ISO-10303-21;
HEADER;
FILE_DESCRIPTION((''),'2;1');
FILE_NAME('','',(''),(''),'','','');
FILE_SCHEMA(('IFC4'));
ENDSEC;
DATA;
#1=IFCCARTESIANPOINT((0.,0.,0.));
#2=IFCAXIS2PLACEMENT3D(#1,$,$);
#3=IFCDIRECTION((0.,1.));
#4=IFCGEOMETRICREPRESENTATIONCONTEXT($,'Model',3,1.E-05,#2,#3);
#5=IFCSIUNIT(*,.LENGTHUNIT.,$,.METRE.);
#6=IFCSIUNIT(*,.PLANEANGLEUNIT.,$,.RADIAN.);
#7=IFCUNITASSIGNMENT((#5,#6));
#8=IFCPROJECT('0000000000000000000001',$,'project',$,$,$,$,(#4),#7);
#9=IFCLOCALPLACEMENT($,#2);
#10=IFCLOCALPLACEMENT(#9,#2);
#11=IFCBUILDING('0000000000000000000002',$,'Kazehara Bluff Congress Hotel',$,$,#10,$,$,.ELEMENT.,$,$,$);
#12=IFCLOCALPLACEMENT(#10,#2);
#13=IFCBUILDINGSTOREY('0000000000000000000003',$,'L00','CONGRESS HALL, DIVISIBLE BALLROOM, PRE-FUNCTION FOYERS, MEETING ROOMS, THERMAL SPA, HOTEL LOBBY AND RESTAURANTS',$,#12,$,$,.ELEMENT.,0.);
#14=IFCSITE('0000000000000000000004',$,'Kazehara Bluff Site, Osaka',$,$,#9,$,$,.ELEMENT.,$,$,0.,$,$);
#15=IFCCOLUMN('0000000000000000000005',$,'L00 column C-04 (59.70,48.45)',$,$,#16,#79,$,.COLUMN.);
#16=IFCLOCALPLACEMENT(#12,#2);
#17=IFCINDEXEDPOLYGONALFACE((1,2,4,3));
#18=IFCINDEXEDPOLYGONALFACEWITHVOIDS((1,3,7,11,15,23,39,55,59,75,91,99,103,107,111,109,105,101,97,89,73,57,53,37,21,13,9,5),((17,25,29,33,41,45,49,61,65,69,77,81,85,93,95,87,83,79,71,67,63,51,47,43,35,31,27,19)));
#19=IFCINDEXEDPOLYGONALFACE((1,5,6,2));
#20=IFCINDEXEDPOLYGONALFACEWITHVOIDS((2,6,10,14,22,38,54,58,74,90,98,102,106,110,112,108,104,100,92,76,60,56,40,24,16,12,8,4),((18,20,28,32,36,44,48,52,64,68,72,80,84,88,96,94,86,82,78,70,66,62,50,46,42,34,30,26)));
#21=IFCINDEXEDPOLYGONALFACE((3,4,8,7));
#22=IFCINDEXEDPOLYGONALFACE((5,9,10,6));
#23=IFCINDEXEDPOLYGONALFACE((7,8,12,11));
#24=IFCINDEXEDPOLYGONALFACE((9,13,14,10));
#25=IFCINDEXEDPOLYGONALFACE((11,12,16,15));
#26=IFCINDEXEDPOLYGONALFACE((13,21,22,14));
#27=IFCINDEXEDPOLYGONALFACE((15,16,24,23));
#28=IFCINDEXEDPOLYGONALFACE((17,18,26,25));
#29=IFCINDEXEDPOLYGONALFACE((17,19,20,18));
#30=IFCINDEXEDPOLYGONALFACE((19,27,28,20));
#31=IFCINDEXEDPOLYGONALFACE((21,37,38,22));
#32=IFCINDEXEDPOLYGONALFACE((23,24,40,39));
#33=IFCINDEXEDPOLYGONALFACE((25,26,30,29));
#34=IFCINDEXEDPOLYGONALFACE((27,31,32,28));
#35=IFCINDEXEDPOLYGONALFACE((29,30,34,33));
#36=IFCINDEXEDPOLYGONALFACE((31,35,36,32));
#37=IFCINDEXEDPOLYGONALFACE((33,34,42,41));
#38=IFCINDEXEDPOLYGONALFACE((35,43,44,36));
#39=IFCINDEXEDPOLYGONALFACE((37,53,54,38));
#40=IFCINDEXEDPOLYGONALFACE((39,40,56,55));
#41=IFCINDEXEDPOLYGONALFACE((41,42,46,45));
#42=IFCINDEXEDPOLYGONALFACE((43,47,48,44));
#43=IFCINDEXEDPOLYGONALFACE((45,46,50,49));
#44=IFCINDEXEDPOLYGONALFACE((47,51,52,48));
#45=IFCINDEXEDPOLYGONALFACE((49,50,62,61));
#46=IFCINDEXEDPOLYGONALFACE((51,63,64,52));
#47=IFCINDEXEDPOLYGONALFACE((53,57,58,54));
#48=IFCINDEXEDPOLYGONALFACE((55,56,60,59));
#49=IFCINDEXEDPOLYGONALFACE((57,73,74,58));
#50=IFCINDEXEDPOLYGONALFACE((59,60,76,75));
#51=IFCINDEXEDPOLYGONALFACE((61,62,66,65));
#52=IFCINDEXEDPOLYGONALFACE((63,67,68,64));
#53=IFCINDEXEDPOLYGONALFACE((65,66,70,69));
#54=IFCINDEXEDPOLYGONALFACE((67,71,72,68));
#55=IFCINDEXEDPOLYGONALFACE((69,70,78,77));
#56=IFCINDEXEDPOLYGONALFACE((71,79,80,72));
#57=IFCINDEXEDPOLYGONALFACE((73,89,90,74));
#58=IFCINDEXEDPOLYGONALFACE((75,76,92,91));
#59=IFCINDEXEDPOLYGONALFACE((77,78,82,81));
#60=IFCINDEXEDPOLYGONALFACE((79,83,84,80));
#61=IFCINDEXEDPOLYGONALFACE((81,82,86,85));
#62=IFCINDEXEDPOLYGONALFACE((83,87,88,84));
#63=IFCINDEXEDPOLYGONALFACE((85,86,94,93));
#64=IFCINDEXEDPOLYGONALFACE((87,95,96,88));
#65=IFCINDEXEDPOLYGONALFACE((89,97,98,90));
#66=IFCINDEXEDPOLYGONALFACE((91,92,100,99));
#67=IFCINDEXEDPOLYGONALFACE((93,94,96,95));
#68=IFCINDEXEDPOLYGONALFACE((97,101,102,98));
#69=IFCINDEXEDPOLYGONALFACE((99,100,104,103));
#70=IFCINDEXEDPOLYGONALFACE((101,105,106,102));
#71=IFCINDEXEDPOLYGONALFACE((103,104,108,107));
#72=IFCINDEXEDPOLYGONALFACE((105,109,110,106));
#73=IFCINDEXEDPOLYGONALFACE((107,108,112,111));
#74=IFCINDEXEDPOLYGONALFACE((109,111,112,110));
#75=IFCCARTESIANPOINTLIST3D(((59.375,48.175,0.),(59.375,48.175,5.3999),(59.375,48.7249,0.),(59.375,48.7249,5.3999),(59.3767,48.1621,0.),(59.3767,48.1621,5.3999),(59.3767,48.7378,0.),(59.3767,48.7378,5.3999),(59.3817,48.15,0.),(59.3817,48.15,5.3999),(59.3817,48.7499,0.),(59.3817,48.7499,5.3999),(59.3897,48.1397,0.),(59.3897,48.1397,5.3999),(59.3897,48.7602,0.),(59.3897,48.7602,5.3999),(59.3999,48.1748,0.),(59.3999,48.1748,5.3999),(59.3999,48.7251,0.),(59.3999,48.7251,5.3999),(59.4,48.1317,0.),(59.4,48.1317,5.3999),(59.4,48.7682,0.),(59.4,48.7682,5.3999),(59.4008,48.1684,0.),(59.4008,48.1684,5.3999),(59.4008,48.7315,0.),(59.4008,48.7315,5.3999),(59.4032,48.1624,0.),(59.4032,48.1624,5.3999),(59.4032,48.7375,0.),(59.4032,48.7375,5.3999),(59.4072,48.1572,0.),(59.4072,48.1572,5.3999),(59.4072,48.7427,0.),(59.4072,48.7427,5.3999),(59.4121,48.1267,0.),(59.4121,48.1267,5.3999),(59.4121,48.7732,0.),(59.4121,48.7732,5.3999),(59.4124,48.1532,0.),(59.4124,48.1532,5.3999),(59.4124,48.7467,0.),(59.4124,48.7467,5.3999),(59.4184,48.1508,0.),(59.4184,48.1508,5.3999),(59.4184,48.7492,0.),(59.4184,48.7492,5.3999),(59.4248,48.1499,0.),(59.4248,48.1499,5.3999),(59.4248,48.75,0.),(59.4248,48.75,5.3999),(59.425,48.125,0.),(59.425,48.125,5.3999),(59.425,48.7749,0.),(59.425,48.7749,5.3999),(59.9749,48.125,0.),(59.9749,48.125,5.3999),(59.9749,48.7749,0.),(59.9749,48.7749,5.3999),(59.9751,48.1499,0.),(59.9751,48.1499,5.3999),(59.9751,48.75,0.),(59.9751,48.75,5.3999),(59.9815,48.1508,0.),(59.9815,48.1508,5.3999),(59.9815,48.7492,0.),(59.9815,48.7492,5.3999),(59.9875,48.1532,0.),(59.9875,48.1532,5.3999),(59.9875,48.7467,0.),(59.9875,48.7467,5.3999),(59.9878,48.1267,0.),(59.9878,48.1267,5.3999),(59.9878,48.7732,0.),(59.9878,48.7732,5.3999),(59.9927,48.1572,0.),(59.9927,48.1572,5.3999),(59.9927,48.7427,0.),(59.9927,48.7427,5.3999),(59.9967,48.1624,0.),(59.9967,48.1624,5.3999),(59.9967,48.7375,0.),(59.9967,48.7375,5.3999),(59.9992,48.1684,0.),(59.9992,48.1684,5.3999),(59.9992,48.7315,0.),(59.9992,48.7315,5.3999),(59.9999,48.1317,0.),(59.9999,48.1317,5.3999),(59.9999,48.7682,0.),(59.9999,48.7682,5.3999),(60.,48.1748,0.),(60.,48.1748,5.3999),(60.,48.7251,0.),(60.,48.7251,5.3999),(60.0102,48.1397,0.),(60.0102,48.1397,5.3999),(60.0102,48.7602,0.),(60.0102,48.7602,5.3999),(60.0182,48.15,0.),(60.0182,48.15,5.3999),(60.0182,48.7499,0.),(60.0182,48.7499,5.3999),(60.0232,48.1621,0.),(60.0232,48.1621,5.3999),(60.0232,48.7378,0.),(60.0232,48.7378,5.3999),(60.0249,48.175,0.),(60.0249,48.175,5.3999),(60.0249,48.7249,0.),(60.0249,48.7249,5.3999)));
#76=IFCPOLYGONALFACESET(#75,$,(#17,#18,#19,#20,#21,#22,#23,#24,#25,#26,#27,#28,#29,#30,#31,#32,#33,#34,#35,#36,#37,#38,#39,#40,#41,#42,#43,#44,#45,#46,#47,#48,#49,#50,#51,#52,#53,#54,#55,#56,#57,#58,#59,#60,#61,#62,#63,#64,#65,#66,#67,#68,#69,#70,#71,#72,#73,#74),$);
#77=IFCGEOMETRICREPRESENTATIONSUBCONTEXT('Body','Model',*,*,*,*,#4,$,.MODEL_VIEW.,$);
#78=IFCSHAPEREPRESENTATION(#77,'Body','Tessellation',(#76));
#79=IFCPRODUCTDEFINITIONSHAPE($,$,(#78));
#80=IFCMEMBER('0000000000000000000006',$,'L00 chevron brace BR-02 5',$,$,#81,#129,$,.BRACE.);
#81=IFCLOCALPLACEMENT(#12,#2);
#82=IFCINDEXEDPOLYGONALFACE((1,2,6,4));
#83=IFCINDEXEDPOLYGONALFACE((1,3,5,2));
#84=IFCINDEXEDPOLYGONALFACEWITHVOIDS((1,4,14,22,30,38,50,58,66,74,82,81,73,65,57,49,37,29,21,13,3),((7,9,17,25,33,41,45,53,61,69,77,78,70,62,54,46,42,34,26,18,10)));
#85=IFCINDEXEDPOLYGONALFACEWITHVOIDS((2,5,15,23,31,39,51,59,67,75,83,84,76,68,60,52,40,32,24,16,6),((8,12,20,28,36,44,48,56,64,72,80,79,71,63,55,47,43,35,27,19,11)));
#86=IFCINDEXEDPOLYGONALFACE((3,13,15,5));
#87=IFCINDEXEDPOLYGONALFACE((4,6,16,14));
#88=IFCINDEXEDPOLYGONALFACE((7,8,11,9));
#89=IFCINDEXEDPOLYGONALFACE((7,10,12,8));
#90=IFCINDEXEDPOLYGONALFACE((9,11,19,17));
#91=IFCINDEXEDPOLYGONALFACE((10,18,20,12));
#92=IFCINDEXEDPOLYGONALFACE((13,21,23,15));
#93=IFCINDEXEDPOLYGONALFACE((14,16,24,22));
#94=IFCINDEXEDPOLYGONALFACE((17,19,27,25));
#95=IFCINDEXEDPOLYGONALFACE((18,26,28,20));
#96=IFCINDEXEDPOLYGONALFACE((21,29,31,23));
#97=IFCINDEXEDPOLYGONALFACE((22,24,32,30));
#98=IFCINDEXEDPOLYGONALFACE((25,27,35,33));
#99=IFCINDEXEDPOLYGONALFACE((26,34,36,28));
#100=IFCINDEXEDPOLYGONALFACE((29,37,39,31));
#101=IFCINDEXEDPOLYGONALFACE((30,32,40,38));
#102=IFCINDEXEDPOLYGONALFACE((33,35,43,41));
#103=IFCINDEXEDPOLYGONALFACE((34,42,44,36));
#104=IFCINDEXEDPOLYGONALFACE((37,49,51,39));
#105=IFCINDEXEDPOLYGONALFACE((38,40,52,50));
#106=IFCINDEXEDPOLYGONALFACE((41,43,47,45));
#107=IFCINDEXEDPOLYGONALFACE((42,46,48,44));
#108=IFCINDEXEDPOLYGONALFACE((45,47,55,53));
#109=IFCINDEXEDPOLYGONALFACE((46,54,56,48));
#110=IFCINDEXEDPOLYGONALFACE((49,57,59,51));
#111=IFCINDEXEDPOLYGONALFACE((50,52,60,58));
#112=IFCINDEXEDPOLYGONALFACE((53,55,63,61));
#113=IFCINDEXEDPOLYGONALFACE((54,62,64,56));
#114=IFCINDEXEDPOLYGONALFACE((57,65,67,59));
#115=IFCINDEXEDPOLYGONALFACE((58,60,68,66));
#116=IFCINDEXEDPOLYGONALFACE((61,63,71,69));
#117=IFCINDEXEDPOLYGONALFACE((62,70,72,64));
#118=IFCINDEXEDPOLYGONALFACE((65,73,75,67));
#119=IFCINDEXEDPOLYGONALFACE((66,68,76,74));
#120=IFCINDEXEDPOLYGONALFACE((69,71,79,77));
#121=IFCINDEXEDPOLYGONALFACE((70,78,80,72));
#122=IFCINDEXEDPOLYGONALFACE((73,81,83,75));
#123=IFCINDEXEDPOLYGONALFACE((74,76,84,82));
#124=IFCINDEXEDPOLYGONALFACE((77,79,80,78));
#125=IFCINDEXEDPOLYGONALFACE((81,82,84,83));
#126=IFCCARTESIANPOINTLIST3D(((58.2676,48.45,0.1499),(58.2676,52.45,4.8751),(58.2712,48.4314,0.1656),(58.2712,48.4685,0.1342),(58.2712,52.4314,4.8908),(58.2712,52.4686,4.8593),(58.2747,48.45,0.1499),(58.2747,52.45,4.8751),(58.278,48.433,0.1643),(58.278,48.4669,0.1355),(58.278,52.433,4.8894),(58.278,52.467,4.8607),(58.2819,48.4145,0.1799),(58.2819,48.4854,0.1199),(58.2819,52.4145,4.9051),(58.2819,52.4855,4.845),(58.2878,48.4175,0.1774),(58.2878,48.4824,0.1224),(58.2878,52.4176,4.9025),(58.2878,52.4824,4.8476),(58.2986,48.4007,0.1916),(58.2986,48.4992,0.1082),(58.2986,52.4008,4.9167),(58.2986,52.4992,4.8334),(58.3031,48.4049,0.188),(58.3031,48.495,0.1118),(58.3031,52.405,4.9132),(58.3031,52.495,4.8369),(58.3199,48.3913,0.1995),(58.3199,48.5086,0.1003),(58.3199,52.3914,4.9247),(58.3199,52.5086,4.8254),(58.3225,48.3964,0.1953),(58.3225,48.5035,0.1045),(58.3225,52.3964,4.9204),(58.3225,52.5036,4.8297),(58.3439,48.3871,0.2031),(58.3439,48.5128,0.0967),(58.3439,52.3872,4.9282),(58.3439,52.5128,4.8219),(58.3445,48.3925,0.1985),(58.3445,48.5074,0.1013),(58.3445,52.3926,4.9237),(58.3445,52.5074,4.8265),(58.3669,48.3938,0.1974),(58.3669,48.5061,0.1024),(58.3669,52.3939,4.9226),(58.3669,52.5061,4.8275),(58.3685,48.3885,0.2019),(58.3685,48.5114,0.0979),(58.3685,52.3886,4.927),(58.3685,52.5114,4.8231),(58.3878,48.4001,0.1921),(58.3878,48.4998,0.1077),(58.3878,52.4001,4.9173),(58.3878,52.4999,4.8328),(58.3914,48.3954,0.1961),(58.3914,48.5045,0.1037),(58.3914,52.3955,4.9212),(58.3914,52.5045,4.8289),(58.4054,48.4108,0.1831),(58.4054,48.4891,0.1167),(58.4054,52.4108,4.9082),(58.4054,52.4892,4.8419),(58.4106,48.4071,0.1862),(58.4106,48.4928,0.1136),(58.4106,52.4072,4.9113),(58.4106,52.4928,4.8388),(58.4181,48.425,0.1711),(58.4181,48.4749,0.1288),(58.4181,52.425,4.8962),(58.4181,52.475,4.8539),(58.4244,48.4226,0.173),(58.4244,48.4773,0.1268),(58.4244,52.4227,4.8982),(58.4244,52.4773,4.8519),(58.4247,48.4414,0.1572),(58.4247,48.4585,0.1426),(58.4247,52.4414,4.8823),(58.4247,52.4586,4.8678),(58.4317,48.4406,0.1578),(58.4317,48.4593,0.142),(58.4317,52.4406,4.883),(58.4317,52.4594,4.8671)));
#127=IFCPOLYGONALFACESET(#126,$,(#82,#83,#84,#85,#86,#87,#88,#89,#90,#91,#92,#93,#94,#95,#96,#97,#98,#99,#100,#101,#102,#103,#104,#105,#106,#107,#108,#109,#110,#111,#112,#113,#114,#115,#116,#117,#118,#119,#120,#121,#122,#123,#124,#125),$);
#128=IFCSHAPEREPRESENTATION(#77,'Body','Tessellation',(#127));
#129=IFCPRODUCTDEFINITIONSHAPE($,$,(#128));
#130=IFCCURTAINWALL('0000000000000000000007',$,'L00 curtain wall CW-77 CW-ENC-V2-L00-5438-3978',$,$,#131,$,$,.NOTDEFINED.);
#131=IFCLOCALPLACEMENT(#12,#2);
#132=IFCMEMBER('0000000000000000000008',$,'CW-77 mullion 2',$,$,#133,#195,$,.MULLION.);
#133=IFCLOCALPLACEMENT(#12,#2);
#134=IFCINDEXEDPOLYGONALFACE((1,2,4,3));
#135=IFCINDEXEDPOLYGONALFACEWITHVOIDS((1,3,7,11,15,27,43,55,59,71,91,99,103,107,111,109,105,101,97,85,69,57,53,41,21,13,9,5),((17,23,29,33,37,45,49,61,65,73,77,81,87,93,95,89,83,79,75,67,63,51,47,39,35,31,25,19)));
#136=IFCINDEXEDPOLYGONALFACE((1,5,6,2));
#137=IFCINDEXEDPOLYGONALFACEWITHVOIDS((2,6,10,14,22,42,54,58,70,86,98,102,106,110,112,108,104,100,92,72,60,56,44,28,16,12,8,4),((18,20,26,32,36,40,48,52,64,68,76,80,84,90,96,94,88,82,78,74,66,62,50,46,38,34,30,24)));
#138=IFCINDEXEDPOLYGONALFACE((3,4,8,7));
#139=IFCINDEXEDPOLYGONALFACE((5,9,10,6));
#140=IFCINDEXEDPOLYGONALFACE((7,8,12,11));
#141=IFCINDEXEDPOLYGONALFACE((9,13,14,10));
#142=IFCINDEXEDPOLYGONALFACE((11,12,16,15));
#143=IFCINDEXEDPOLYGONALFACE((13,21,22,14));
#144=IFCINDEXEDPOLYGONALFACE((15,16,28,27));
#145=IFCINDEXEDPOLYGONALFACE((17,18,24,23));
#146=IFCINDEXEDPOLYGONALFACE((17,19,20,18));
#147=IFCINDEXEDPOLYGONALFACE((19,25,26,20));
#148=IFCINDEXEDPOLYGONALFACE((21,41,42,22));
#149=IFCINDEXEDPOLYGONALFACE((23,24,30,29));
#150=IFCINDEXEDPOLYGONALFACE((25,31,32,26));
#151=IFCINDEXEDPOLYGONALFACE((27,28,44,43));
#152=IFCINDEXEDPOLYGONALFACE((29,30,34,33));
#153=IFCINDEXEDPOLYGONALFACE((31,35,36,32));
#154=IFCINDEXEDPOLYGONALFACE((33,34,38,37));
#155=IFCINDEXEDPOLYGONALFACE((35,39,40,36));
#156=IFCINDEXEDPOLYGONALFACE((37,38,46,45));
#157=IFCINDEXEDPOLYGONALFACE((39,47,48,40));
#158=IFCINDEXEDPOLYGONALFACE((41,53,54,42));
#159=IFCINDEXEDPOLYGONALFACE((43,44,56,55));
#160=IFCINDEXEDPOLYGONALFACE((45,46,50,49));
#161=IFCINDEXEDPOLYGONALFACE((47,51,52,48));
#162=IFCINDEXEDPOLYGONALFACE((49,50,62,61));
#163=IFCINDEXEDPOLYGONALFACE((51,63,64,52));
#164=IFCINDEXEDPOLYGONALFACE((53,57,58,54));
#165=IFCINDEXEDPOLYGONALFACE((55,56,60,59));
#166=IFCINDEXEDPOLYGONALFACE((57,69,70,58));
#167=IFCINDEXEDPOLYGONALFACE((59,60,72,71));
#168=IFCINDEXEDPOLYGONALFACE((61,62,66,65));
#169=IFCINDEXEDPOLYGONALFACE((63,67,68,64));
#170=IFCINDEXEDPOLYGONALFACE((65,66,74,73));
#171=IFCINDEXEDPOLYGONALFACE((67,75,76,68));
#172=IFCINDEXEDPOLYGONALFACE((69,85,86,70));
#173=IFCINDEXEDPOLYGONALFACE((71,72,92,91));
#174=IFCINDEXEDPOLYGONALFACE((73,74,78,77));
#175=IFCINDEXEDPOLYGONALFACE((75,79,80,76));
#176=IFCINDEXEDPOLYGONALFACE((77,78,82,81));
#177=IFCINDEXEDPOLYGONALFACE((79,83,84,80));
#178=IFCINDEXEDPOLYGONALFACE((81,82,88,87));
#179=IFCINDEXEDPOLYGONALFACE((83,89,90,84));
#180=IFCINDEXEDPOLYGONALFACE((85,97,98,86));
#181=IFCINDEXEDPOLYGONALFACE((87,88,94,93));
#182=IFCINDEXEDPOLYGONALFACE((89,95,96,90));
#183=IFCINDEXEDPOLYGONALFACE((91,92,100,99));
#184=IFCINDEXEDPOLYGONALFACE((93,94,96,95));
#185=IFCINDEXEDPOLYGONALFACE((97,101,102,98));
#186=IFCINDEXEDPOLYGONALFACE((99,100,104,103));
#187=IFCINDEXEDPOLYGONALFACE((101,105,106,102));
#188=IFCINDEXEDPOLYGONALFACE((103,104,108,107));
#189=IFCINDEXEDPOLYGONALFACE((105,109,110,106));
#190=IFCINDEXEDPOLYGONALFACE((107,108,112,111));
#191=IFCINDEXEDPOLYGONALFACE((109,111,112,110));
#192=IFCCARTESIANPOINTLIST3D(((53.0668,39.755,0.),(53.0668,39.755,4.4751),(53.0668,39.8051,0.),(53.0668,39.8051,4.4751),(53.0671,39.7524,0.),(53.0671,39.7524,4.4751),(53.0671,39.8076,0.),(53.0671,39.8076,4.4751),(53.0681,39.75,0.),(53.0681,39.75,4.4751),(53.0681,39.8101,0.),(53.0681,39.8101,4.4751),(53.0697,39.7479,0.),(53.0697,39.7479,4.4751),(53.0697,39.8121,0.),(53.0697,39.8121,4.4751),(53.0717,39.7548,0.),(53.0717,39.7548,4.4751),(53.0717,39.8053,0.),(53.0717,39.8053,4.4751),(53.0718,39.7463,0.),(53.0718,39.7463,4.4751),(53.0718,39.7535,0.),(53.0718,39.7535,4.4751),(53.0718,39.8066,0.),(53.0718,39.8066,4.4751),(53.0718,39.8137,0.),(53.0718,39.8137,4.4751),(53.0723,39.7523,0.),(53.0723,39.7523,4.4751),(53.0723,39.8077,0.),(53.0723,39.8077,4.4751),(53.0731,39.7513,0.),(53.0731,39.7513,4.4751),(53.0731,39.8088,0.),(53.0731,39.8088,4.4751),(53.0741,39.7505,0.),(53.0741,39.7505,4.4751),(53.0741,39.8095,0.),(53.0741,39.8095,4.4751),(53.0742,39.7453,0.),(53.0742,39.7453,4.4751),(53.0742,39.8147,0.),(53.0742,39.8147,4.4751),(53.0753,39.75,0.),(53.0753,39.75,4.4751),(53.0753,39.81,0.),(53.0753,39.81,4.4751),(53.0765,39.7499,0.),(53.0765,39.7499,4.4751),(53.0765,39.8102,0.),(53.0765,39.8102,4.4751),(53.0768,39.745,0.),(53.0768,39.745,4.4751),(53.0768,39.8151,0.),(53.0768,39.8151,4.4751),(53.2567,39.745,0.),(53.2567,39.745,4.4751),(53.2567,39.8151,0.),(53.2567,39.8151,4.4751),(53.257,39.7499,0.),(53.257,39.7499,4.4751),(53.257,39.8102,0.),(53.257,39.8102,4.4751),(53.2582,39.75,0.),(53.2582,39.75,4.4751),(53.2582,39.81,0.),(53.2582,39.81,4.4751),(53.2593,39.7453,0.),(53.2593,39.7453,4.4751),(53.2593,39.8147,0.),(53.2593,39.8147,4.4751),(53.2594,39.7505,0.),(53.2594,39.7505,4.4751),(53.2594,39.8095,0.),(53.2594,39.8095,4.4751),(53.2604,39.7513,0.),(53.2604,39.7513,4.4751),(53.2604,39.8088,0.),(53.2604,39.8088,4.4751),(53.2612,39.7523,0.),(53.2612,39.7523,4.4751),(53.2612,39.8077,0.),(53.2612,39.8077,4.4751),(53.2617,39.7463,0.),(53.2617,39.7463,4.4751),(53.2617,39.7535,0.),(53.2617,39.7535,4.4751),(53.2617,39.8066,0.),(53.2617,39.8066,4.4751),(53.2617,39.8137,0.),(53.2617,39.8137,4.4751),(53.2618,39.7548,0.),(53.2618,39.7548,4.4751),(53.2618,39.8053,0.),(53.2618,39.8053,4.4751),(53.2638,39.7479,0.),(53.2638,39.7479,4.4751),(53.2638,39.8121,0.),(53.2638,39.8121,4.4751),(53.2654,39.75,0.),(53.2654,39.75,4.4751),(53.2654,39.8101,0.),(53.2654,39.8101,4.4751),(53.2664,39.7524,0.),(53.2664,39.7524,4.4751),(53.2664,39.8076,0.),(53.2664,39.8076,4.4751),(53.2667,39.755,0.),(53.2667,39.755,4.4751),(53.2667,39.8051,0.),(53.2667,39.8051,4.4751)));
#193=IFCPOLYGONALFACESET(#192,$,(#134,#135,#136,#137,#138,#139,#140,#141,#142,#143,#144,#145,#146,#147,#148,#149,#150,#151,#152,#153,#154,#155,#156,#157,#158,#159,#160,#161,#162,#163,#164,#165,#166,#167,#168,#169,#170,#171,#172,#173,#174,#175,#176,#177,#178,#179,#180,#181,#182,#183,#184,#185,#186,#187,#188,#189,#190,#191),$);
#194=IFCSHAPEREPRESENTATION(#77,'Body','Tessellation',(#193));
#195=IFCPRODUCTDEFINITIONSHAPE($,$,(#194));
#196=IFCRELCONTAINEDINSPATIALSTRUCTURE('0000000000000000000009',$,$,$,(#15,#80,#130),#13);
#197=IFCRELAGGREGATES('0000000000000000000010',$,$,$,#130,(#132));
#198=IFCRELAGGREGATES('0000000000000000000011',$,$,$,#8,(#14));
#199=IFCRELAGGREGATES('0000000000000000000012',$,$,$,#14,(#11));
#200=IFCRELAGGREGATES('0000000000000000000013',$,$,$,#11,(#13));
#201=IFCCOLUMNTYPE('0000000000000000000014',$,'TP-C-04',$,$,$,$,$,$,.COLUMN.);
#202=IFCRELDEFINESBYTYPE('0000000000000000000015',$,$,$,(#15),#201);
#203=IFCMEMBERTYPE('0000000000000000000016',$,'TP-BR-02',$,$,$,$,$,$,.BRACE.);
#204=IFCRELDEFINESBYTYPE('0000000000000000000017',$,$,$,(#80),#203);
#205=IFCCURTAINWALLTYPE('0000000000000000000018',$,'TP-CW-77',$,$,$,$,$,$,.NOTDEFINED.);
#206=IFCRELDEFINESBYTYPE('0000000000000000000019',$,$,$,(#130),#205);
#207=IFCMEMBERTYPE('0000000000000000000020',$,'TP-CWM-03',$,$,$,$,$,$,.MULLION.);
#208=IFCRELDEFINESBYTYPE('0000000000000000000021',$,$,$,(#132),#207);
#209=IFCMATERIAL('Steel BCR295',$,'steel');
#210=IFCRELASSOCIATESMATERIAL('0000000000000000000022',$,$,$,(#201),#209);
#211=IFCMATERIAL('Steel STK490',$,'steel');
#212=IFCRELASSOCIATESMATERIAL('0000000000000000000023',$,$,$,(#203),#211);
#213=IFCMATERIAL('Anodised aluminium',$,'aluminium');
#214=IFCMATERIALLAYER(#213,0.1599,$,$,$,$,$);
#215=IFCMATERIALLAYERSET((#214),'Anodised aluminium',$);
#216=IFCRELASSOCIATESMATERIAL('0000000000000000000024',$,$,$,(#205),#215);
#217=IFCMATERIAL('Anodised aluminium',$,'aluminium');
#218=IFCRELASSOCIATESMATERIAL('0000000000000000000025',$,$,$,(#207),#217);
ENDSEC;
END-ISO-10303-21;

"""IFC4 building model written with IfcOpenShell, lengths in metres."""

from ifc_helpers import new_model, si_unit, direction, frame, origin, origin_2d, place, context, subcontext, project, spatial, hollow_rectangle, hollow_circle, extrude, material, layer, layer_set, material_profile, profile_set, type_object, element, aggregate, save


model = new_model("IFC4")

# Units and contexts
model_context = context("Model", 3, precision=1e-05, world=origin(), true_north=direction((0.0, 1.0)))
body_context = subcontext(model_context, "Body", "Model", "MODEL_VIEW")
ifc_project = project(units=[si_unit("LENGTHUNIT", "METRE"), si_unit("PLANEANGLEUNIT", "RADIAN")], contexts=[model_context])

# Site, building, storey
site_placement = place(None, origin())
site = spatial("IfcSite", under=ifc_project, at=site_placement, Name="Kazehara Bluff Site, Osaka", CompositionType="ELEMENT", RefElevation=0.0)
building_placement = place(site_placement, origin())
building = spatial("IfcBuilding", under=site, at=building_placement, Name="Kazehara Bluff Congress Hotel", CompositionType="ELEMENT")
storey_placement = place(building_placement, origin())
storey = spatial("IfcBuildingStorey", under=building, at=storey_placement, Name="L00", Description="CONGRESS HALL, DIVISIBLE BALLROOM, PRE-FUNCTION FOYERS, MEETING ROOMS, THERMAL SPA, HOTEL LOBBY AND RESTAURANTS", CompositionType="ELEMENT", Elevation=0.0)

# Column
ifc_material_1 = material(Name="Steel BCR295", Category="steel")
ifc_material_profile_1 = material_profile(ifc_material_1, hollow_rectangle(XDim=0.6499, YDim=0.6499, WallThickness=0.0249, InnerFilletRadius=0.0249, OuterFilletRadius=0.05, at=origin_2d()))
ifc_profile_set_1 = profile_set([ifc_material_profile_1], Name="Steel BCR295")
column_type_1 = type_object("IfcColumnType", Name="TP-C-04", PredefinedType="COLUMN", material=ifc_profile_set_1)
for number, where, z_axis, x_axis, name in (
    (1, (59.7, 48.45, 0.0), (0.0, 0.0, 1.0), (1.0, 0.0, 0.0), "L00 column C-04 (59.70,48.45)"),
):
    element("IfcColumn", number, at=place(storey_placement, frame(where, z_axis=z_axis, x_axis=x_axis)), inside=storey, type_object=column_type_1, Name=name, PredefinedType="COLUMN", context=body_context, shape_type="SweptSolid", body=[
        extrude(hollow_rectangle(XDim=0.6499, YDim=0.6499, WallThickness=0.0249, InnerFilletRadius=0.0249, OuterFilletRadius=0.05, at=origin_2d()), origin(), (0.0, 0.0, 1.0), 5.3999),
    ])

# Member
ifc_material_2 = material(Name="Steel STK490", Category="steel")
ifc_material_profile_2 = material_profile(ifc_material_2, hollow_circle(Radius=0.0825, WallThickness=0.0071, at=origin_2d()))
ifc_profile_set_2 = profile_set([ifc_material_profile_2], Name="Steel STK490")
member_type_1 = type_object("IfcMemberType", Name="TP-BR-02", PredefinedType="BRACE", material=ifc_profile_set_2)
member_1_placement = place(storey_placement, frame((58.3501, 48.45, 0.1499), z_axis=(0.0, 0.646115, 0.76324), x_axis=(-1.0, 0.0, 0.0)))
element("IfcMember", 2, at=member_1_placement, inside=storey, type_object=member_type_1, Name="L00 chevron brace BR-02 5", PredefinedType="BRACE", context=body_context, shape_type="SweptSolid", body=[
    extrude(hollow_circle(Radius=0.0825, WallThickness=0.0071, at=origin_2d()), origin(), (0.0, 0.0, 1.0), 6.1909),
])

# Curtain wall, member
ifc_material_3 = material(Name="Anodised aluminium", Category="aluminium")
ifc_layer_1 = layer(ifc_material_3, 0.1599)
ifc_layer_set_1 = layer_set([ifc_layer_1], Name="Anodised aluminium")
curtain_wall_type_1 = type_object("IfcCurtainWallType", Name="TP-CW-77", PredefinedType="NOTDEFINED", material=ifc_layer_set_1)
curtain_wall_1_placement = place(storey_placement, origin())
curtain_wall_1 = element("IfcCurtainWall", 3, at=curtain_wall_1_placement, inside=storey, type_object=curtain_wall_type_1, Name="L00 curtain wall CW-77 CW-ENC-V2-L00-5438-3978", PredefinedType="NOTDEFINED")
ifc_material_4 = material(Name="Anodised aluminium", Category="aluminium")
ifc_material_profile_3 = material_profile(ifc_material_4, hollow_rectangle(XDim=0.0701, YDim=0.2, WallThickness=0.0049, InnerFilletRadius=0.0049, OuterFilletRadius=0.01, at=origin_2d()))
ifc_profile_set_3 = profile_set([ifc_material_profile_3], Name="Anodised aluminium")
member_type_2 = type_object("IfcMemberType", Name="TP-CWM-03", PredefinedType="MULLION", material=ifc_profile_set_3)
member_2_placement = place(storey_placement, frame((53.1667, 39.78, 0.0), z_axis=(0.0, 0.0, 1.0), x_axis=(0.0, 1.0, 0.0)))
member_2 = element("IfcMember", 4, at=member_2_placement, type_object=member_type_2, Name="CW-77 mullion 2", PredefinedType="MULLION", context=body_context, shape_type="SweptSolid", body=[
    extrude(hollow_rectangle(XDim=0.0701, YDim=0.2, WallThickness=0.0049, InnerFilletRadius=0.0049, OuterFilletRadius=0.01, at=origin_2d()), origin(), (0.0, 0.0, 1.0), 4.4751),
])

aggregate(curtain_wall_1, [member_2])

save(model, "model.ifc")
